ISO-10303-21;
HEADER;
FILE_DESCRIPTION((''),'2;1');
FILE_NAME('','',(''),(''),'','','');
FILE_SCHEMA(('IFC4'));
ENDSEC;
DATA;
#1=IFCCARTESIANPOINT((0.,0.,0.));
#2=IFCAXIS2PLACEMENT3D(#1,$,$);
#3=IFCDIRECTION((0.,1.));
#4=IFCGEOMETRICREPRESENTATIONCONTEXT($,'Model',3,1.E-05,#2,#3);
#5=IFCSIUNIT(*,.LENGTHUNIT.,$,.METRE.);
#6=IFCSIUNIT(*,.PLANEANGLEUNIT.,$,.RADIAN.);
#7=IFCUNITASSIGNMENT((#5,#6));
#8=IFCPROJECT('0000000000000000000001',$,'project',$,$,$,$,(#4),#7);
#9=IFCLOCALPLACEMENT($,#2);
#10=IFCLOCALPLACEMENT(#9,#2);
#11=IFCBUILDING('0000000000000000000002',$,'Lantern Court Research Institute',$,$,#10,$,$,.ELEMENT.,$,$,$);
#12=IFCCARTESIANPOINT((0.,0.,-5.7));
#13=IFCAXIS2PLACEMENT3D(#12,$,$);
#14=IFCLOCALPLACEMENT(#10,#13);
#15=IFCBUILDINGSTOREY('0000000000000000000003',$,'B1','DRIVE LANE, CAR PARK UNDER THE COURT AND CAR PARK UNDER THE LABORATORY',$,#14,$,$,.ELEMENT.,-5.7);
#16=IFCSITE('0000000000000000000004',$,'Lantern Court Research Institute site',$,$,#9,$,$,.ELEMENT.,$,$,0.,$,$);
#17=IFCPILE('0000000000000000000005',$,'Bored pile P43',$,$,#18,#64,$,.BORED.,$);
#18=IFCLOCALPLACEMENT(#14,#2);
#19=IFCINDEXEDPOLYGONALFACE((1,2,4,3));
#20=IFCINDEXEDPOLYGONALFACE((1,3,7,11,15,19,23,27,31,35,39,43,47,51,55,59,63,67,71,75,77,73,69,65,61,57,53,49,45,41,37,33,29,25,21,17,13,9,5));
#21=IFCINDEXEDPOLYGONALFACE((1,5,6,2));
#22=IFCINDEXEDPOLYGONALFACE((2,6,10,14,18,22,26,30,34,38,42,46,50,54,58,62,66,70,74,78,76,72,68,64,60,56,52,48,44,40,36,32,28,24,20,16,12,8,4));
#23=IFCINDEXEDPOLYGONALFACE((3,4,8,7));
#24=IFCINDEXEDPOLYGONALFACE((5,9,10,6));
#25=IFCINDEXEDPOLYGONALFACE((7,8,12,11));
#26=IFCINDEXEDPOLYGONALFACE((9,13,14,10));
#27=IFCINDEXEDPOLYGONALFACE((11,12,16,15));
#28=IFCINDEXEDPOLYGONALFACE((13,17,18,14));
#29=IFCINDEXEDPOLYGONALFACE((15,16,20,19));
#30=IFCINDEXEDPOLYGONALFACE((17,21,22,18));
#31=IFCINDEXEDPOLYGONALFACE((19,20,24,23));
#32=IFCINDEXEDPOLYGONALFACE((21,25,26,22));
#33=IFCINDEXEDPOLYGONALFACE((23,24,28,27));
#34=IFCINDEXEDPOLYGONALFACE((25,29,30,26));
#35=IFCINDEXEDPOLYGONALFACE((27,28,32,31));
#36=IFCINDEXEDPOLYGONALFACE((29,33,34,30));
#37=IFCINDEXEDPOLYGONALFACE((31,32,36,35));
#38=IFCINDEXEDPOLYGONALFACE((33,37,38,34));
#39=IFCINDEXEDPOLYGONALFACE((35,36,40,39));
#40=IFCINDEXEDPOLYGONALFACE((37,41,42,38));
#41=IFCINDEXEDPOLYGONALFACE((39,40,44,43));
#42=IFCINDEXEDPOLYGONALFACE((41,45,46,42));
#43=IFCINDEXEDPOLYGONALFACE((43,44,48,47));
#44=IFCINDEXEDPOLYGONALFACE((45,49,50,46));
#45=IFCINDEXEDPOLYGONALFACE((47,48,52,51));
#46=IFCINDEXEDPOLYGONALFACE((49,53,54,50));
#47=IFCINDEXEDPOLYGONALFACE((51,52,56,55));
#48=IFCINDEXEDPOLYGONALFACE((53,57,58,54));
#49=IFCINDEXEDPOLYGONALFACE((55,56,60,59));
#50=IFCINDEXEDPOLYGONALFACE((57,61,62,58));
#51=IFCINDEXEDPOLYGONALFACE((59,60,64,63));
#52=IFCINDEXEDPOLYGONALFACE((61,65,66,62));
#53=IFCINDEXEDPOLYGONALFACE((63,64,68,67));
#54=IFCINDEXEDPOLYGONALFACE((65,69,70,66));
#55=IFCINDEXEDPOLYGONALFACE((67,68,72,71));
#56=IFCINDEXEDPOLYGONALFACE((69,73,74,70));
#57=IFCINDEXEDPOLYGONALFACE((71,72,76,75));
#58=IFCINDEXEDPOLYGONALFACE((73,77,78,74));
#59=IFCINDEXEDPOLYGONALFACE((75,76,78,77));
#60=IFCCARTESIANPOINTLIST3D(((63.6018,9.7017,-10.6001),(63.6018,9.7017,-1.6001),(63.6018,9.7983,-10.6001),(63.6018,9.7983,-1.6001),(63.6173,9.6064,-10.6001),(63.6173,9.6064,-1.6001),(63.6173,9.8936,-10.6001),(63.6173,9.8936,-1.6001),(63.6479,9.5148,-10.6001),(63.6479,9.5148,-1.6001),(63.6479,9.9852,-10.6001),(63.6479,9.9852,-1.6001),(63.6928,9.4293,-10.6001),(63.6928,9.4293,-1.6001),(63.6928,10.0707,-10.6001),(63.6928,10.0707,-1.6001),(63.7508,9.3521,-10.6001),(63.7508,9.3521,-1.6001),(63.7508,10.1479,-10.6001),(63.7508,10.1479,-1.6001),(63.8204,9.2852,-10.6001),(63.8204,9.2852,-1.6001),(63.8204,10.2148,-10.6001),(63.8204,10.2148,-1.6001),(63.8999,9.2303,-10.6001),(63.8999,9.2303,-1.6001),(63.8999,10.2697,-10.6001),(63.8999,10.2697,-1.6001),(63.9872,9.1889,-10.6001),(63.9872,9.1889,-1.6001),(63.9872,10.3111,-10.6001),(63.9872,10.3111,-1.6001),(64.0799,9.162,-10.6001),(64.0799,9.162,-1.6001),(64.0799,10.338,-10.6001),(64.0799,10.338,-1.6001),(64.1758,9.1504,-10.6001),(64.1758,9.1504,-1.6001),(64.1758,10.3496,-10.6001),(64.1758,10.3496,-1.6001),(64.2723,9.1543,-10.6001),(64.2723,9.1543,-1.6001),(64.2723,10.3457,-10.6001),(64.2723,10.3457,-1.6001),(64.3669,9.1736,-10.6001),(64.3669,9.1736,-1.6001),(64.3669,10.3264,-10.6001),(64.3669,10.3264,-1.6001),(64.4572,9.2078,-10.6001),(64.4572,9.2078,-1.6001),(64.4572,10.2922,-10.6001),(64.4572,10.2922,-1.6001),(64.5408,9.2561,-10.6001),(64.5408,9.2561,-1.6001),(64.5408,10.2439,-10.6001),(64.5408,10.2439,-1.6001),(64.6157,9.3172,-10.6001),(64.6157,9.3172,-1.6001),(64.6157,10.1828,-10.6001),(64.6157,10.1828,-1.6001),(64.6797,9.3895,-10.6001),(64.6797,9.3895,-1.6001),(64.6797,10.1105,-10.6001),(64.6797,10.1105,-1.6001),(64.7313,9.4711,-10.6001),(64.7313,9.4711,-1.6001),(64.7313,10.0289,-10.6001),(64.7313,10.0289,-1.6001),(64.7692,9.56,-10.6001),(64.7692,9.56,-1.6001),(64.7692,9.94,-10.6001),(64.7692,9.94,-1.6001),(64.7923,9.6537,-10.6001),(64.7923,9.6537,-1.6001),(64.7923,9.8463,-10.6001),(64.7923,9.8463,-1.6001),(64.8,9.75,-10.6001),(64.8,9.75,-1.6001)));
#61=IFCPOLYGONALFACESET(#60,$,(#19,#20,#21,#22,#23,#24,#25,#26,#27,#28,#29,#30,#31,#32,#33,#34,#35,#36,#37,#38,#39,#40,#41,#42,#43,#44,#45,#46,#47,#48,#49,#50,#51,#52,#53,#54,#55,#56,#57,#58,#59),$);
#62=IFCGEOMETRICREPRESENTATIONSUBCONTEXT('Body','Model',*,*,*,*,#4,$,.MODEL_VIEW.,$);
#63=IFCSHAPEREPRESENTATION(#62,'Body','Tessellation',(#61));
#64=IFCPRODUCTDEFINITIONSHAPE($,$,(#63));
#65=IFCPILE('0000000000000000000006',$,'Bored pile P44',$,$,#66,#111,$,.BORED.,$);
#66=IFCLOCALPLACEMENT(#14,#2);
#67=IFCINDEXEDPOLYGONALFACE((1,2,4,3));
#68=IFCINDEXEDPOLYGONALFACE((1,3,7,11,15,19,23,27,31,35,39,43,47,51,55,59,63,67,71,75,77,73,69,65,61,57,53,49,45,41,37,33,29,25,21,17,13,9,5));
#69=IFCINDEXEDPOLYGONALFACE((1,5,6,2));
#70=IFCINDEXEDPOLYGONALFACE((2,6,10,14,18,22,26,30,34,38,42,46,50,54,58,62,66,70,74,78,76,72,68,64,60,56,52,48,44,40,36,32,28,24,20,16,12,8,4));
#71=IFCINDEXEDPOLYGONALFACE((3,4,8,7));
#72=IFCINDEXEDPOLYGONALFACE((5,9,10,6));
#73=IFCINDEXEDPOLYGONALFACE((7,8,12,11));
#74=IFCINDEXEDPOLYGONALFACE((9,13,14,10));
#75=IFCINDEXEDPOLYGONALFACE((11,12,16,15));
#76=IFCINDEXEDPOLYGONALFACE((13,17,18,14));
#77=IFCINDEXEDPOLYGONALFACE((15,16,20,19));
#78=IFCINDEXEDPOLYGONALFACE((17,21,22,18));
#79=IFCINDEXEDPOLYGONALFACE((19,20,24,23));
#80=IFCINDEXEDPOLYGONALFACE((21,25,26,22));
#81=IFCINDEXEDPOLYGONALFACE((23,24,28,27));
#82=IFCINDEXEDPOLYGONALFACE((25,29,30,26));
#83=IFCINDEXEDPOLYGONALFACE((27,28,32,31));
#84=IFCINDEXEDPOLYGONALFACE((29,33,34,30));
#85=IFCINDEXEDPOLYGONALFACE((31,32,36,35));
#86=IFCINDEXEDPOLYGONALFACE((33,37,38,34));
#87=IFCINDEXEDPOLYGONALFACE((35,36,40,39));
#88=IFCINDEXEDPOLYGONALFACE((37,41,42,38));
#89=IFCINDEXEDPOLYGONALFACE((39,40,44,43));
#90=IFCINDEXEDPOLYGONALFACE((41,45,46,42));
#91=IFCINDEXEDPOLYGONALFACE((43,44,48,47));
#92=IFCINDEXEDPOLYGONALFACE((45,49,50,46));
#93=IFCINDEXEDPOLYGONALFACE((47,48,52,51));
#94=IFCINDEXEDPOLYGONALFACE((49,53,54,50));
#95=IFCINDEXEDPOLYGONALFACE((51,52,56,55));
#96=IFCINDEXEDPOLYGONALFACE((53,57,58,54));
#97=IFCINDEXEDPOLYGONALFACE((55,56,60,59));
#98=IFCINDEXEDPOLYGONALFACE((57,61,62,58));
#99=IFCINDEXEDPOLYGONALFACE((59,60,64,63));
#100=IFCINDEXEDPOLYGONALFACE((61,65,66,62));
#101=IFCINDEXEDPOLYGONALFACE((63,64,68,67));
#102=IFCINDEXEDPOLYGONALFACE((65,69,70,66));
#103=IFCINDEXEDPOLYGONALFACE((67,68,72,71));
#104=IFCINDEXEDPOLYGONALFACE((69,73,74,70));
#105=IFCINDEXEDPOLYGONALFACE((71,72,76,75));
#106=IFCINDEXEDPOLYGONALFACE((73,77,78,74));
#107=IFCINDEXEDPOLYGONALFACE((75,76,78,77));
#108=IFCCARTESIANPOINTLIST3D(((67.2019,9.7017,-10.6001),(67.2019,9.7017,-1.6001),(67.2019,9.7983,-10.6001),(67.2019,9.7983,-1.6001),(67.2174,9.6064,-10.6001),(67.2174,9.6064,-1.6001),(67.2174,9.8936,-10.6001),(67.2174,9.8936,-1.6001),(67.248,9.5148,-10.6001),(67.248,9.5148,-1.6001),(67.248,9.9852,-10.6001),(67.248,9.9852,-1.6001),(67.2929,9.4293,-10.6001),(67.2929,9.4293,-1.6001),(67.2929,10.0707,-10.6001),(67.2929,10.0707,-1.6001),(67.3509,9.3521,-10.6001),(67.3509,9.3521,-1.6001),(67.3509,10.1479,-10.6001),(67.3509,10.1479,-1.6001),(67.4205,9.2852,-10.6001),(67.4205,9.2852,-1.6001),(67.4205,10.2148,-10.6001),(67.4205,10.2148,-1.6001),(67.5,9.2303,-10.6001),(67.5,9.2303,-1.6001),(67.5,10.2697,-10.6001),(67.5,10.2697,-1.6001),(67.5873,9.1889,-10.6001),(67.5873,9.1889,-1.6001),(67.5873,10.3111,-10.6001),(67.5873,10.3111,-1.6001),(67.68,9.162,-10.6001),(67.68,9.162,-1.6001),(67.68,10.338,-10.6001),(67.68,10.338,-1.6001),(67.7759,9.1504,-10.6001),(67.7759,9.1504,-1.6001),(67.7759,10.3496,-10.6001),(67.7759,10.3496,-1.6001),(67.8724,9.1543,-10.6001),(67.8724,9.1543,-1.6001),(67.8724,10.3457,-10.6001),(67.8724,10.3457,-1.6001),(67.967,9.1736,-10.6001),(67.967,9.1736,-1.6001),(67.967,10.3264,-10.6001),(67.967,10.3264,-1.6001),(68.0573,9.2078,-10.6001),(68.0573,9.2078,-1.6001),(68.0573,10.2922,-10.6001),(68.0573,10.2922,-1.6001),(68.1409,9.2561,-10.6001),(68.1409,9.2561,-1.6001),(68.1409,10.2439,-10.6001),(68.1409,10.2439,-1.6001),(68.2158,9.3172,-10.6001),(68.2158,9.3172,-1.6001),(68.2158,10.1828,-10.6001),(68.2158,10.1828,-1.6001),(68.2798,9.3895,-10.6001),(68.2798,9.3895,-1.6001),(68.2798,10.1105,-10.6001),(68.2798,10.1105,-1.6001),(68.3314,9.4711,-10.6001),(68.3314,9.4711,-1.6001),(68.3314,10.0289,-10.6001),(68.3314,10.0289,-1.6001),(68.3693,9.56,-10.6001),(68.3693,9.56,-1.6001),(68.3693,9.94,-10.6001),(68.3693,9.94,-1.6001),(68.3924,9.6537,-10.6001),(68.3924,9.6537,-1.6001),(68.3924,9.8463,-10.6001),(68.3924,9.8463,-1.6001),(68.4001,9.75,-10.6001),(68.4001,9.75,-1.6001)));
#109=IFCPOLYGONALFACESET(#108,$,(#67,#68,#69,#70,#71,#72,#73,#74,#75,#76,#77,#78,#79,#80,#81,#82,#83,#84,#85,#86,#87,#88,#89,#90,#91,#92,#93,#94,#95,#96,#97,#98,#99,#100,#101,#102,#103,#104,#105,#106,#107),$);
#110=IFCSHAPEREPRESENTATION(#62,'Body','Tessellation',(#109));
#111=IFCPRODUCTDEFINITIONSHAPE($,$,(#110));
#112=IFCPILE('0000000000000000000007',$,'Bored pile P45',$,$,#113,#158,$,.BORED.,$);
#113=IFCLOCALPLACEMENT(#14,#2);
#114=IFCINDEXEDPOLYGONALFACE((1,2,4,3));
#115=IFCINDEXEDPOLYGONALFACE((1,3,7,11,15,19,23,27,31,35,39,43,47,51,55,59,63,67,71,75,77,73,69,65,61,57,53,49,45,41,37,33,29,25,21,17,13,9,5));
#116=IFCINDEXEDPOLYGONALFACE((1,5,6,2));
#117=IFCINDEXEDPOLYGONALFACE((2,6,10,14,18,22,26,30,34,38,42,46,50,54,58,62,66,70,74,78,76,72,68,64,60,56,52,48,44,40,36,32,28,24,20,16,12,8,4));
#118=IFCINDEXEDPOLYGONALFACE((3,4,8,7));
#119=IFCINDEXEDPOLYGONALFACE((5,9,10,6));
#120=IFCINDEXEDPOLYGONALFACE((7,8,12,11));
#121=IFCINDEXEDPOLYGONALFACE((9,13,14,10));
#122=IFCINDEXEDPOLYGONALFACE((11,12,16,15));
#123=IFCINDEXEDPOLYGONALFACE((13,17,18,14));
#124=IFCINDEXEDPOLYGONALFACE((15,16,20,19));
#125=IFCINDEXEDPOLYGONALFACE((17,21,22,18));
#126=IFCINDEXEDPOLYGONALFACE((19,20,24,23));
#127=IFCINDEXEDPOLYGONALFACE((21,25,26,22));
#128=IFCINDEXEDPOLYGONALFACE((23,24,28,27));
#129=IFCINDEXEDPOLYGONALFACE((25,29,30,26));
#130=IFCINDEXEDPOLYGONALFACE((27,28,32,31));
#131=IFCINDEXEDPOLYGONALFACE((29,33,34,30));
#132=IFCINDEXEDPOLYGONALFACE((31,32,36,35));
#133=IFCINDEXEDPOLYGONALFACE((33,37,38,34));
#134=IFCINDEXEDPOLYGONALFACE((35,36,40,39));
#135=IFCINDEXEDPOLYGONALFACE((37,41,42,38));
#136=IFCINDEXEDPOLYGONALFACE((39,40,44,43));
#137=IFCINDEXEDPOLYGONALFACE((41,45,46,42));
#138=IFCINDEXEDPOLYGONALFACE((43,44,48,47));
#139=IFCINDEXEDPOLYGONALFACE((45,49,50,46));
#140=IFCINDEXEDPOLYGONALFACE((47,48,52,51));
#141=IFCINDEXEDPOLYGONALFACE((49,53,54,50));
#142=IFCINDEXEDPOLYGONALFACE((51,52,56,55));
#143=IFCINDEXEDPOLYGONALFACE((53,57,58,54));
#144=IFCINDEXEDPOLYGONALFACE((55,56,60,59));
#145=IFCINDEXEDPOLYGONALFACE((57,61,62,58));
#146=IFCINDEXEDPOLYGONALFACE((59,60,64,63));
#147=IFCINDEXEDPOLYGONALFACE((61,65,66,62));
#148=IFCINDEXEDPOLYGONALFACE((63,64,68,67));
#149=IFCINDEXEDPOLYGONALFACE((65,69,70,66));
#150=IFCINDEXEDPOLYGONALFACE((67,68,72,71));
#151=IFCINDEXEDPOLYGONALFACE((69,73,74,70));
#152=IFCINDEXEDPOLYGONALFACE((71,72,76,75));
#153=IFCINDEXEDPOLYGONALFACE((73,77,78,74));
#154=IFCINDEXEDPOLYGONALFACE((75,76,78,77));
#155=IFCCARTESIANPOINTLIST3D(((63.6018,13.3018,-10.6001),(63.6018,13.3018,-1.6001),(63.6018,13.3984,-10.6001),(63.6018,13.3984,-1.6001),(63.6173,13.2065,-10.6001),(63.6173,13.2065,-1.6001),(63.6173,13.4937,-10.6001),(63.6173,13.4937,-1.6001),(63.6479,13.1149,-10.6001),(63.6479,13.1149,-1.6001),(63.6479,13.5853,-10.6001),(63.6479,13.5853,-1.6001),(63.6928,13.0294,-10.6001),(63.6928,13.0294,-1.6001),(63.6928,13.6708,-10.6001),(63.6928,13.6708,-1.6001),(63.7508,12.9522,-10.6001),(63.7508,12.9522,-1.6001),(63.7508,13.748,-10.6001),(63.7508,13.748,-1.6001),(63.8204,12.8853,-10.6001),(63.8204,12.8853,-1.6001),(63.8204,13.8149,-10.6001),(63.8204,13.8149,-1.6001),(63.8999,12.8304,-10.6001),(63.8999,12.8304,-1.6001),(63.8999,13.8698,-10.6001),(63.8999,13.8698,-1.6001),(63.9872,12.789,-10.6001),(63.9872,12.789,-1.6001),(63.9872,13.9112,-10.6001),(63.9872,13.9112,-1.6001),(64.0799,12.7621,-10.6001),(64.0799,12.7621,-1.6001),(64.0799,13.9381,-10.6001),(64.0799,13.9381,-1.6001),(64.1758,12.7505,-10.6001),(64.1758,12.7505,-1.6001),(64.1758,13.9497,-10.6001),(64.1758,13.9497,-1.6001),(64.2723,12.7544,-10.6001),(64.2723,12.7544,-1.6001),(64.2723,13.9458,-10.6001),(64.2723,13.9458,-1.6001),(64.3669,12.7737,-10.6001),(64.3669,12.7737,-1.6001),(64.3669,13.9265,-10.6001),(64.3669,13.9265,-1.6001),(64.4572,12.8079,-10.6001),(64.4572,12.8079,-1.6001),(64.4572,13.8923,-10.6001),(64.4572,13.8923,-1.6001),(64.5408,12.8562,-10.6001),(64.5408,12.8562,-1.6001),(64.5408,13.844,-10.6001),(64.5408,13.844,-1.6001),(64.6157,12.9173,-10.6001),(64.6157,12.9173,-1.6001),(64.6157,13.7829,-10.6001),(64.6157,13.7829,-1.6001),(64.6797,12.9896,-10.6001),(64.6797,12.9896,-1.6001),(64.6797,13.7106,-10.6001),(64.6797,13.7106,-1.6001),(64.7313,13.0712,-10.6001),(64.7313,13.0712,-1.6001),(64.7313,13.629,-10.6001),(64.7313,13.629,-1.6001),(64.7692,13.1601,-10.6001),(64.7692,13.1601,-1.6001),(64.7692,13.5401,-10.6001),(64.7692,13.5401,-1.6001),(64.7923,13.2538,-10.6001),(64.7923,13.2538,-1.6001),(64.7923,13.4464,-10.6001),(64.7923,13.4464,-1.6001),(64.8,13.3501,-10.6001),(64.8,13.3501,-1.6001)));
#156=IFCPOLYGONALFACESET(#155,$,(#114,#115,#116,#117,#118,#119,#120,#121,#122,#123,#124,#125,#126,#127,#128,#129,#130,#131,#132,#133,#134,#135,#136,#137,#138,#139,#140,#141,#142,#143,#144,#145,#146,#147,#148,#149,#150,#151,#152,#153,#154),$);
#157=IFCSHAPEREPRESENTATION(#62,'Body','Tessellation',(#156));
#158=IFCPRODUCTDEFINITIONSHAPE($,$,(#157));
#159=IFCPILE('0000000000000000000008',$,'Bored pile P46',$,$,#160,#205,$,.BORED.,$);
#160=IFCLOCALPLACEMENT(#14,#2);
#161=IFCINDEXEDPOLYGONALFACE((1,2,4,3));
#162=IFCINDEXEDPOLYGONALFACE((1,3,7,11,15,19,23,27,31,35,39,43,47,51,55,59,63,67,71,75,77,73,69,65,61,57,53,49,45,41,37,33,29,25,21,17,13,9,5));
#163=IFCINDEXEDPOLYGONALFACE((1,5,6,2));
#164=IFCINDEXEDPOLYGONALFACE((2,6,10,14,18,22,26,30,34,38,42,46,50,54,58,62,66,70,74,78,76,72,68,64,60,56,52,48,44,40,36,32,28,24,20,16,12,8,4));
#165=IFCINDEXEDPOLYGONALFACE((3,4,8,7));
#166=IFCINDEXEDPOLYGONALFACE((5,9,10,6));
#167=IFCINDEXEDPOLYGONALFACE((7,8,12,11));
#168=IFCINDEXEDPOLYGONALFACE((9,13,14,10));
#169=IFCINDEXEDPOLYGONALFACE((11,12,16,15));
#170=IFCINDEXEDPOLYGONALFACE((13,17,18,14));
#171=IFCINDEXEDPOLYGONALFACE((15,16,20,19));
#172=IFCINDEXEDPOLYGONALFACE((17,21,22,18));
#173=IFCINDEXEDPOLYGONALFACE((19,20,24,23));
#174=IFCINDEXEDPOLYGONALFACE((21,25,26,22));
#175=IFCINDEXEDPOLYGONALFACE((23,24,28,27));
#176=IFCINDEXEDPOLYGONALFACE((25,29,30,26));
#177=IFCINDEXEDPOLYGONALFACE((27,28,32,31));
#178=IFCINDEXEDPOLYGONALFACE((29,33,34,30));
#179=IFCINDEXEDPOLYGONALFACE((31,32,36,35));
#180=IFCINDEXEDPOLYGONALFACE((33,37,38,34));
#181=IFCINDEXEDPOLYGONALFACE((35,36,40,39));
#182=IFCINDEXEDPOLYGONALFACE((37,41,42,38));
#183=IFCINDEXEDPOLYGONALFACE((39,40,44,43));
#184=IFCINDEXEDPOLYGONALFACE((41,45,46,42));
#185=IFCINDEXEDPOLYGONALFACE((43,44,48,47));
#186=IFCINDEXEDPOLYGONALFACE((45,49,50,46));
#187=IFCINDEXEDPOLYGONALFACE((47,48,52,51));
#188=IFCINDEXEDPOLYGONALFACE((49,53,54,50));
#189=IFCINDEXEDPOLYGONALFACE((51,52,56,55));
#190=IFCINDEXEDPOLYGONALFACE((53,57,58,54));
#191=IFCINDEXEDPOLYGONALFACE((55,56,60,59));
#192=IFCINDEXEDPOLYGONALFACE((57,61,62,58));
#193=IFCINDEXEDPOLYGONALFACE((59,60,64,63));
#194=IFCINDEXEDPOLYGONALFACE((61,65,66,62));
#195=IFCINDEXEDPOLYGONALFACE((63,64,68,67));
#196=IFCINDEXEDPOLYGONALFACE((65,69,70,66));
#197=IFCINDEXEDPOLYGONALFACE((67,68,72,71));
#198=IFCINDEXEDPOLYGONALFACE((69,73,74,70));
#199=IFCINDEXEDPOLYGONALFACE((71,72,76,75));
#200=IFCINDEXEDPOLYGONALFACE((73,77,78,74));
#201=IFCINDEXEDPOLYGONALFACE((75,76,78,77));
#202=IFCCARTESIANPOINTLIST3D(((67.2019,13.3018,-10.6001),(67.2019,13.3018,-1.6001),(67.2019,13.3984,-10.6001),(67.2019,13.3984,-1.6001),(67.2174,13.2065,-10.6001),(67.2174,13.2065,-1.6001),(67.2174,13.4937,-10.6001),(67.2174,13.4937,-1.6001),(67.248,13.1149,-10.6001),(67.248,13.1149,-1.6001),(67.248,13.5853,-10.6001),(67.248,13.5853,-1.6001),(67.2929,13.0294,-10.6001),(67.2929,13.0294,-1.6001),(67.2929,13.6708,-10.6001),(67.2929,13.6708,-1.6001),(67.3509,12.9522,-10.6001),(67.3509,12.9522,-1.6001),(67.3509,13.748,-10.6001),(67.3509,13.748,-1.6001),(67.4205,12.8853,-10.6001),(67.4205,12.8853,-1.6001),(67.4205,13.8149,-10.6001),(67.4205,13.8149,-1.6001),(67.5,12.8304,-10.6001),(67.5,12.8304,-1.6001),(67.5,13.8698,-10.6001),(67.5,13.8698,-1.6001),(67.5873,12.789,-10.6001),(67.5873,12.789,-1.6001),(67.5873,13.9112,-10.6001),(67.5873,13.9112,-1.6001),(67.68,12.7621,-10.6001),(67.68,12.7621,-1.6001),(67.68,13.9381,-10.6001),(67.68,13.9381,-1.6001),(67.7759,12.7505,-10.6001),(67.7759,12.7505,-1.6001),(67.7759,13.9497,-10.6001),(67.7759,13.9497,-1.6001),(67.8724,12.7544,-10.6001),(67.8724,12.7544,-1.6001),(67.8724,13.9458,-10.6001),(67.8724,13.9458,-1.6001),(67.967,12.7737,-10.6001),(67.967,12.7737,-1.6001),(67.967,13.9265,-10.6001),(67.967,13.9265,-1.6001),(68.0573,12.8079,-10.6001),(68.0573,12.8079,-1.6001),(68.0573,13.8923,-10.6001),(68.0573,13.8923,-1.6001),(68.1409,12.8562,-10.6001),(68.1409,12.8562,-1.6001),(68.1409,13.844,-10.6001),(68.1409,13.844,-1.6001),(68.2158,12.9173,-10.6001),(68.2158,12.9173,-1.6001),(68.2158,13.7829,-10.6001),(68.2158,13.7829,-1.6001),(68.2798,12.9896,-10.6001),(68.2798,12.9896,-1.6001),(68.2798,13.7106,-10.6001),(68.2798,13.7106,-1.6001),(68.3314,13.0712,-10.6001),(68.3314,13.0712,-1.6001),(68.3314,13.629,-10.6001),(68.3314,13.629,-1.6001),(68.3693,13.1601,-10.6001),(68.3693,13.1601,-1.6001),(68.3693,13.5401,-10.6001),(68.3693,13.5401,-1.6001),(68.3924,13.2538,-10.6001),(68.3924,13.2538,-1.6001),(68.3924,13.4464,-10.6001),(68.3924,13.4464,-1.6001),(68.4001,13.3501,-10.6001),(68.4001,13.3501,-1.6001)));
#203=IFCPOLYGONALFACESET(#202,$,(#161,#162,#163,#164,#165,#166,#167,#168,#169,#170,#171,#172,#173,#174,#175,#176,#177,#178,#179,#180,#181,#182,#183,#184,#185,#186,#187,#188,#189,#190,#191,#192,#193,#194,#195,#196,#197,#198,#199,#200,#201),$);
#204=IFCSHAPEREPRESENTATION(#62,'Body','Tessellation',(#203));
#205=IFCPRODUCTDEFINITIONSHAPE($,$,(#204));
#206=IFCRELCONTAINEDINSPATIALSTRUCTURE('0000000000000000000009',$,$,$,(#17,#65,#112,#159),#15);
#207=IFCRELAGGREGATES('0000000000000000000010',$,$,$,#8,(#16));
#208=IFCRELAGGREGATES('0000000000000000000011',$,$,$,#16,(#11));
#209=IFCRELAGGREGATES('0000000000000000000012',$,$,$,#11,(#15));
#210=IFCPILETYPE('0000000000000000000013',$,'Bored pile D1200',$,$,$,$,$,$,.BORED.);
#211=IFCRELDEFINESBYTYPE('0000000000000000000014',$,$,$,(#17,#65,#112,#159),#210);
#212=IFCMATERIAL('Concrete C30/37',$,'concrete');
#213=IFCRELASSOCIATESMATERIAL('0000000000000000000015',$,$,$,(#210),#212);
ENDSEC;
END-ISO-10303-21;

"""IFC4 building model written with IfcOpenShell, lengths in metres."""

from ifc_helpers import new_model, si_unit, direction, frame, origin, origin_2d, place, context, subcontext, project, spatial, circle, extrude, material, material_profile, profile_set, type_object, element, save


model = new_model("IFC4")

# Units and contexts
model_context = context("Model", 3, precision=1e-05, world=origin(), true_north=direction((0.0, 1.0)))
body_context = subcontext(model_context, "Body", "Model", "MODEL_VIEW")
ifc_project = project(units=[si_unit("LENGTHUNIT", "METRE"), si_unit("PLANEANGLEUNIT", "RADIAN")], contexts=[model_context])

# Site, building, storey
site_placement = place(None, origin())
site = spatial("IfcSite", under=ifc_project, at=site_placement, Name="Lantern Court Research Institute site", CompositionType="ELEMENT", RefElevation=0.0)
building_placement = place(site_placement, origin())
building = spatial("IfcBuilding", under=site, at=building_placement, Name="Lantern Court Research Institute", CompositionType="ELEMENT")
storey_placement = place(building_placement, frame((0.0, 0.0, -5.7)))
storey = spatial("IfcBuildingStorey", under=building, at=storey_placement, Name="B1", Description="DRIVE LANE, CAR PARK UNDER THE COURT AND CAR PARK UNDER THE LABORATORY", CompositionType="ELEMENT", Elevation=-5.7)

# Piles
ifc_material_1 = material(Name="Concrete C30/37", Category="concrete")
ifc_material_profile_1 = material_profile(ifc_material_1, circle(Radius=0.6001, at=origin_2d()), Name="Bored pile D1200")
ifc_profile_set_1 = profile_set([ifc_material_profile_1], Name="Concrete C30/37")
pile_type = type_object("IfcPileType", Name="Bored pile D1200", PredefinedType="BORED", material=ifc_profile_set_1)
for number, where, z_axis, x_axis, name in (
    (1, (64.2, 9.75, -1.6001), (0.0, 0.0, -1.0), (1.0, 0.0, 0.0), "Bored pile P43"),
    (2, (67.8, 9.75, -1.6001), (0.0, 0.0, -1.0), (1.0, 0.0, 0.0), "Bored pile P44"),
    (3, (64.2, 13.3501, -1.6001), (0.0, 0.0, -1.0), (1.0, 0.0, 0.0), "Bored pile P45"),
    (4, (67.8, 13.3501, -1.6001), (0.0, 0.0, -1.0), (1.0, 0.0, 0.0), "Bored pile P46"),
):
    element("IfcPile", number, at=place(storey_placement, frame(where, z_axis=z_axis, x_axis=x_axis)), inside=storey, type_object=pile_type, Name=name, PredefinedType="BORED", context=body_context, shape_type="SweptSolid", body=[
        extrude(circle(Radius=0.6001, at=origin_2d()), origin(), (0.0, 0.0, 1.0), 9.0),
    ])

save(model, "model.ifc")
